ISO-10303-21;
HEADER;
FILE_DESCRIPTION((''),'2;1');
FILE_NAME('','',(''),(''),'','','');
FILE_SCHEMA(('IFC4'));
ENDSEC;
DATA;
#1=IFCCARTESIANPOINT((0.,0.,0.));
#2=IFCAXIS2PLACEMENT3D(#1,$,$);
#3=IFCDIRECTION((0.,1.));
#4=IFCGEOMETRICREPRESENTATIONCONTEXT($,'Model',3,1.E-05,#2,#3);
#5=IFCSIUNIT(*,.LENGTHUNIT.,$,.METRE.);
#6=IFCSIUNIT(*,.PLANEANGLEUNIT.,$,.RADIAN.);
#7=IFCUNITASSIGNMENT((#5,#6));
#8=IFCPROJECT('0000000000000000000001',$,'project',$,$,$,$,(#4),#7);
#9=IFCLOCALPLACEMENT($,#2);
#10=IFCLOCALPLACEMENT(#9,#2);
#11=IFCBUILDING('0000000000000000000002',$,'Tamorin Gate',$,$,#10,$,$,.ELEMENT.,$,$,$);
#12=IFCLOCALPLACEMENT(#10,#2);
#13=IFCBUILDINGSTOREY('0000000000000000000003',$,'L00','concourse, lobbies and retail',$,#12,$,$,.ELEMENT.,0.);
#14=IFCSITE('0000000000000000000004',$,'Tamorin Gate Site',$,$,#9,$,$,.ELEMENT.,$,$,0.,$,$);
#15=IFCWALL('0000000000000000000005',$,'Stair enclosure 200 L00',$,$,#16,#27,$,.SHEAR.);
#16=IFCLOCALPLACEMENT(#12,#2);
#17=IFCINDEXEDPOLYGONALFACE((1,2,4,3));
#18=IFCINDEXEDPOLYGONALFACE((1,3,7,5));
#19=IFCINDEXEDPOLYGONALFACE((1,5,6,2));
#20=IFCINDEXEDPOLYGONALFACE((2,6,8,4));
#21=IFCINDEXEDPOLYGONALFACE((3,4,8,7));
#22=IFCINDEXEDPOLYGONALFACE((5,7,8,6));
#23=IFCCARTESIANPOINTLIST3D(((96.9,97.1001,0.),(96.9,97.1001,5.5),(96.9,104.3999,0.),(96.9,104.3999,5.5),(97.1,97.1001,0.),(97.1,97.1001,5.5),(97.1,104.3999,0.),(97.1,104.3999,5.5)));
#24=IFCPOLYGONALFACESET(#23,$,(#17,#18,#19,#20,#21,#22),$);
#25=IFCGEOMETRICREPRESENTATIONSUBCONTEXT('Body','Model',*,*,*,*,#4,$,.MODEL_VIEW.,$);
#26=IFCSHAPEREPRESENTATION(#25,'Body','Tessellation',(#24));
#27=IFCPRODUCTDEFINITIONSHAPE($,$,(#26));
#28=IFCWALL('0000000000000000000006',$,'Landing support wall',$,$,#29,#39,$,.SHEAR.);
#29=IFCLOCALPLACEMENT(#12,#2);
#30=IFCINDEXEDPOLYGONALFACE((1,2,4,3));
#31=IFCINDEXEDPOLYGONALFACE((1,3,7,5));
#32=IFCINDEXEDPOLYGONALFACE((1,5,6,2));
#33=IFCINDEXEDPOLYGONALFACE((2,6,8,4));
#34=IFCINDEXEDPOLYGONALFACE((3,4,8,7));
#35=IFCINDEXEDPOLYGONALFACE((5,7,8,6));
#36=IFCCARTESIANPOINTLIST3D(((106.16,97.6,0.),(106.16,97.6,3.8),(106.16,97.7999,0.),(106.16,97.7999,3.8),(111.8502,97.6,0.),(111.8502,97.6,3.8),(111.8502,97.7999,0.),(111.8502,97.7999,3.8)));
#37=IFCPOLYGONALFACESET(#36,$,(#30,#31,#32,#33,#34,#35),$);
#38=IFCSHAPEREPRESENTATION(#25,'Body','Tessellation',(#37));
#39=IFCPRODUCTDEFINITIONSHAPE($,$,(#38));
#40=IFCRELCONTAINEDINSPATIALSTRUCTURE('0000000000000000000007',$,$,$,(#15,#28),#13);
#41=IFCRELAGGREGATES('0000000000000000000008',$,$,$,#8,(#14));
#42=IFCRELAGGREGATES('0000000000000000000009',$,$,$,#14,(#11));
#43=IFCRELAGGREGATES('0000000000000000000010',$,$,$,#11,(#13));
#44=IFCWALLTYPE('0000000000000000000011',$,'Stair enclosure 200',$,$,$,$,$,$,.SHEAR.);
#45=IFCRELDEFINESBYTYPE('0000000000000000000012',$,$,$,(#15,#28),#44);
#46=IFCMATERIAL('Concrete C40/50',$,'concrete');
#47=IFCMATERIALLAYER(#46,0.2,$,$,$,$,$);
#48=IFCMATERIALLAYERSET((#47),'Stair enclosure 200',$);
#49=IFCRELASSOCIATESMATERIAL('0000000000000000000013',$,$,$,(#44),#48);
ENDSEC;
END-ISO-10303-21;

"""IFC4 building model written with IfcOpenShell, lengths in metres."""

from ifc_helpers import new_model, si_unit, direction, frame, frame_2d, origin, place, context, subcontext, project, spatial, rectangle, extrude, material, layer, layer_set, type_object, element, save


model = new_model("IFC4")

# Units and contexts
model_context = context("Model", 3, precision=1e-05, world=origin(), true_north=direction((0.0, 1.0)))
body_context = subcontext(model_context, "Body", "Model", "MODEL_VIEW")
ifc_project = project(units=[si_unit("LENGTHUNIT", "METRE"), si_unit("PLANEANGLEUNIT", "RADIAN")], contexts=[model_context])

# Site, building, storey
site_placement = place(None, origin())
site = spatial("IfcSite", under=ifc_project, at=site_placement, Name="Tamorin Gate Site", CompositionType="ELEMENT", RefElevation=0.0)
building_placement = place(site_placement, origin())
building = spatial("IfcBuilding", under=site, at=building_placement, Name="Tamorin Gate", CompositionType="ELEMENT")
storey_placement = place(building_placement, origin())
storey = spatial("IfcBuildingStorey", under=building, at=storey_placement, Name="L00", Description="concourse, lobbies and retail", CompositionType="ELEMENT", Elevation=0.0)

# Walls
ifc_material_1 = material(Name="Concrete C40/50", Category="concrete")
ifc_layer_1 = layer(ifc_material_1, 0.2)
ifc_layer_set_1 = layer_set([ifc_layer_1], Name="Stair enclosure 200")
wall_type_1 = type_object("IfcWallType", Name="Stair enclosure 200", PredefinedType="SHEAR", material=ifc_layer_set_1)
wall_1_placement = place(storey_placement, frame((97.0, 97.1001, 0.0), z_axis=(0.0, 0.0, 1.0), x_axis=(0.0, 1.0, 0.0)))
element("IfcWall", 1, at=wall_1_placement, inside=storey, type_object=wall_type_1, Name="Stair enclosure 200 L00", PredefinedType="SHEAR", context=body_context, shape_type="SweptSolid", body=[
    extrude(rectangle(XDim=7.2998, YDim=0.2, at=frame_2d((3.6499, 0.0))), origin(), (0.0, 0.0, 1.0), 5.5),
])
wall_2_placement = place(storey_placement, frame((106.1599, 97.7, 0.0), z_axis=(0.0, 0.0, 1.0), x_axis=(1.0, 0.0, 0.0)))
element("IfcWall", 2, at=wall_2_placement, inside=storey, type_object=wall_type_1, Name="Landing support wall", PredefinedType="SHEAR", context=body_context, shape_type="SweptSolid", body=[
    extrude(rectangle(XDim=5.6902, YDim=0.2, at=frame_2d((2.8452, 0.0))), origin(), (0.0, 0.0, 1.0), 3.8),
])

save(model, "model.ifc")
